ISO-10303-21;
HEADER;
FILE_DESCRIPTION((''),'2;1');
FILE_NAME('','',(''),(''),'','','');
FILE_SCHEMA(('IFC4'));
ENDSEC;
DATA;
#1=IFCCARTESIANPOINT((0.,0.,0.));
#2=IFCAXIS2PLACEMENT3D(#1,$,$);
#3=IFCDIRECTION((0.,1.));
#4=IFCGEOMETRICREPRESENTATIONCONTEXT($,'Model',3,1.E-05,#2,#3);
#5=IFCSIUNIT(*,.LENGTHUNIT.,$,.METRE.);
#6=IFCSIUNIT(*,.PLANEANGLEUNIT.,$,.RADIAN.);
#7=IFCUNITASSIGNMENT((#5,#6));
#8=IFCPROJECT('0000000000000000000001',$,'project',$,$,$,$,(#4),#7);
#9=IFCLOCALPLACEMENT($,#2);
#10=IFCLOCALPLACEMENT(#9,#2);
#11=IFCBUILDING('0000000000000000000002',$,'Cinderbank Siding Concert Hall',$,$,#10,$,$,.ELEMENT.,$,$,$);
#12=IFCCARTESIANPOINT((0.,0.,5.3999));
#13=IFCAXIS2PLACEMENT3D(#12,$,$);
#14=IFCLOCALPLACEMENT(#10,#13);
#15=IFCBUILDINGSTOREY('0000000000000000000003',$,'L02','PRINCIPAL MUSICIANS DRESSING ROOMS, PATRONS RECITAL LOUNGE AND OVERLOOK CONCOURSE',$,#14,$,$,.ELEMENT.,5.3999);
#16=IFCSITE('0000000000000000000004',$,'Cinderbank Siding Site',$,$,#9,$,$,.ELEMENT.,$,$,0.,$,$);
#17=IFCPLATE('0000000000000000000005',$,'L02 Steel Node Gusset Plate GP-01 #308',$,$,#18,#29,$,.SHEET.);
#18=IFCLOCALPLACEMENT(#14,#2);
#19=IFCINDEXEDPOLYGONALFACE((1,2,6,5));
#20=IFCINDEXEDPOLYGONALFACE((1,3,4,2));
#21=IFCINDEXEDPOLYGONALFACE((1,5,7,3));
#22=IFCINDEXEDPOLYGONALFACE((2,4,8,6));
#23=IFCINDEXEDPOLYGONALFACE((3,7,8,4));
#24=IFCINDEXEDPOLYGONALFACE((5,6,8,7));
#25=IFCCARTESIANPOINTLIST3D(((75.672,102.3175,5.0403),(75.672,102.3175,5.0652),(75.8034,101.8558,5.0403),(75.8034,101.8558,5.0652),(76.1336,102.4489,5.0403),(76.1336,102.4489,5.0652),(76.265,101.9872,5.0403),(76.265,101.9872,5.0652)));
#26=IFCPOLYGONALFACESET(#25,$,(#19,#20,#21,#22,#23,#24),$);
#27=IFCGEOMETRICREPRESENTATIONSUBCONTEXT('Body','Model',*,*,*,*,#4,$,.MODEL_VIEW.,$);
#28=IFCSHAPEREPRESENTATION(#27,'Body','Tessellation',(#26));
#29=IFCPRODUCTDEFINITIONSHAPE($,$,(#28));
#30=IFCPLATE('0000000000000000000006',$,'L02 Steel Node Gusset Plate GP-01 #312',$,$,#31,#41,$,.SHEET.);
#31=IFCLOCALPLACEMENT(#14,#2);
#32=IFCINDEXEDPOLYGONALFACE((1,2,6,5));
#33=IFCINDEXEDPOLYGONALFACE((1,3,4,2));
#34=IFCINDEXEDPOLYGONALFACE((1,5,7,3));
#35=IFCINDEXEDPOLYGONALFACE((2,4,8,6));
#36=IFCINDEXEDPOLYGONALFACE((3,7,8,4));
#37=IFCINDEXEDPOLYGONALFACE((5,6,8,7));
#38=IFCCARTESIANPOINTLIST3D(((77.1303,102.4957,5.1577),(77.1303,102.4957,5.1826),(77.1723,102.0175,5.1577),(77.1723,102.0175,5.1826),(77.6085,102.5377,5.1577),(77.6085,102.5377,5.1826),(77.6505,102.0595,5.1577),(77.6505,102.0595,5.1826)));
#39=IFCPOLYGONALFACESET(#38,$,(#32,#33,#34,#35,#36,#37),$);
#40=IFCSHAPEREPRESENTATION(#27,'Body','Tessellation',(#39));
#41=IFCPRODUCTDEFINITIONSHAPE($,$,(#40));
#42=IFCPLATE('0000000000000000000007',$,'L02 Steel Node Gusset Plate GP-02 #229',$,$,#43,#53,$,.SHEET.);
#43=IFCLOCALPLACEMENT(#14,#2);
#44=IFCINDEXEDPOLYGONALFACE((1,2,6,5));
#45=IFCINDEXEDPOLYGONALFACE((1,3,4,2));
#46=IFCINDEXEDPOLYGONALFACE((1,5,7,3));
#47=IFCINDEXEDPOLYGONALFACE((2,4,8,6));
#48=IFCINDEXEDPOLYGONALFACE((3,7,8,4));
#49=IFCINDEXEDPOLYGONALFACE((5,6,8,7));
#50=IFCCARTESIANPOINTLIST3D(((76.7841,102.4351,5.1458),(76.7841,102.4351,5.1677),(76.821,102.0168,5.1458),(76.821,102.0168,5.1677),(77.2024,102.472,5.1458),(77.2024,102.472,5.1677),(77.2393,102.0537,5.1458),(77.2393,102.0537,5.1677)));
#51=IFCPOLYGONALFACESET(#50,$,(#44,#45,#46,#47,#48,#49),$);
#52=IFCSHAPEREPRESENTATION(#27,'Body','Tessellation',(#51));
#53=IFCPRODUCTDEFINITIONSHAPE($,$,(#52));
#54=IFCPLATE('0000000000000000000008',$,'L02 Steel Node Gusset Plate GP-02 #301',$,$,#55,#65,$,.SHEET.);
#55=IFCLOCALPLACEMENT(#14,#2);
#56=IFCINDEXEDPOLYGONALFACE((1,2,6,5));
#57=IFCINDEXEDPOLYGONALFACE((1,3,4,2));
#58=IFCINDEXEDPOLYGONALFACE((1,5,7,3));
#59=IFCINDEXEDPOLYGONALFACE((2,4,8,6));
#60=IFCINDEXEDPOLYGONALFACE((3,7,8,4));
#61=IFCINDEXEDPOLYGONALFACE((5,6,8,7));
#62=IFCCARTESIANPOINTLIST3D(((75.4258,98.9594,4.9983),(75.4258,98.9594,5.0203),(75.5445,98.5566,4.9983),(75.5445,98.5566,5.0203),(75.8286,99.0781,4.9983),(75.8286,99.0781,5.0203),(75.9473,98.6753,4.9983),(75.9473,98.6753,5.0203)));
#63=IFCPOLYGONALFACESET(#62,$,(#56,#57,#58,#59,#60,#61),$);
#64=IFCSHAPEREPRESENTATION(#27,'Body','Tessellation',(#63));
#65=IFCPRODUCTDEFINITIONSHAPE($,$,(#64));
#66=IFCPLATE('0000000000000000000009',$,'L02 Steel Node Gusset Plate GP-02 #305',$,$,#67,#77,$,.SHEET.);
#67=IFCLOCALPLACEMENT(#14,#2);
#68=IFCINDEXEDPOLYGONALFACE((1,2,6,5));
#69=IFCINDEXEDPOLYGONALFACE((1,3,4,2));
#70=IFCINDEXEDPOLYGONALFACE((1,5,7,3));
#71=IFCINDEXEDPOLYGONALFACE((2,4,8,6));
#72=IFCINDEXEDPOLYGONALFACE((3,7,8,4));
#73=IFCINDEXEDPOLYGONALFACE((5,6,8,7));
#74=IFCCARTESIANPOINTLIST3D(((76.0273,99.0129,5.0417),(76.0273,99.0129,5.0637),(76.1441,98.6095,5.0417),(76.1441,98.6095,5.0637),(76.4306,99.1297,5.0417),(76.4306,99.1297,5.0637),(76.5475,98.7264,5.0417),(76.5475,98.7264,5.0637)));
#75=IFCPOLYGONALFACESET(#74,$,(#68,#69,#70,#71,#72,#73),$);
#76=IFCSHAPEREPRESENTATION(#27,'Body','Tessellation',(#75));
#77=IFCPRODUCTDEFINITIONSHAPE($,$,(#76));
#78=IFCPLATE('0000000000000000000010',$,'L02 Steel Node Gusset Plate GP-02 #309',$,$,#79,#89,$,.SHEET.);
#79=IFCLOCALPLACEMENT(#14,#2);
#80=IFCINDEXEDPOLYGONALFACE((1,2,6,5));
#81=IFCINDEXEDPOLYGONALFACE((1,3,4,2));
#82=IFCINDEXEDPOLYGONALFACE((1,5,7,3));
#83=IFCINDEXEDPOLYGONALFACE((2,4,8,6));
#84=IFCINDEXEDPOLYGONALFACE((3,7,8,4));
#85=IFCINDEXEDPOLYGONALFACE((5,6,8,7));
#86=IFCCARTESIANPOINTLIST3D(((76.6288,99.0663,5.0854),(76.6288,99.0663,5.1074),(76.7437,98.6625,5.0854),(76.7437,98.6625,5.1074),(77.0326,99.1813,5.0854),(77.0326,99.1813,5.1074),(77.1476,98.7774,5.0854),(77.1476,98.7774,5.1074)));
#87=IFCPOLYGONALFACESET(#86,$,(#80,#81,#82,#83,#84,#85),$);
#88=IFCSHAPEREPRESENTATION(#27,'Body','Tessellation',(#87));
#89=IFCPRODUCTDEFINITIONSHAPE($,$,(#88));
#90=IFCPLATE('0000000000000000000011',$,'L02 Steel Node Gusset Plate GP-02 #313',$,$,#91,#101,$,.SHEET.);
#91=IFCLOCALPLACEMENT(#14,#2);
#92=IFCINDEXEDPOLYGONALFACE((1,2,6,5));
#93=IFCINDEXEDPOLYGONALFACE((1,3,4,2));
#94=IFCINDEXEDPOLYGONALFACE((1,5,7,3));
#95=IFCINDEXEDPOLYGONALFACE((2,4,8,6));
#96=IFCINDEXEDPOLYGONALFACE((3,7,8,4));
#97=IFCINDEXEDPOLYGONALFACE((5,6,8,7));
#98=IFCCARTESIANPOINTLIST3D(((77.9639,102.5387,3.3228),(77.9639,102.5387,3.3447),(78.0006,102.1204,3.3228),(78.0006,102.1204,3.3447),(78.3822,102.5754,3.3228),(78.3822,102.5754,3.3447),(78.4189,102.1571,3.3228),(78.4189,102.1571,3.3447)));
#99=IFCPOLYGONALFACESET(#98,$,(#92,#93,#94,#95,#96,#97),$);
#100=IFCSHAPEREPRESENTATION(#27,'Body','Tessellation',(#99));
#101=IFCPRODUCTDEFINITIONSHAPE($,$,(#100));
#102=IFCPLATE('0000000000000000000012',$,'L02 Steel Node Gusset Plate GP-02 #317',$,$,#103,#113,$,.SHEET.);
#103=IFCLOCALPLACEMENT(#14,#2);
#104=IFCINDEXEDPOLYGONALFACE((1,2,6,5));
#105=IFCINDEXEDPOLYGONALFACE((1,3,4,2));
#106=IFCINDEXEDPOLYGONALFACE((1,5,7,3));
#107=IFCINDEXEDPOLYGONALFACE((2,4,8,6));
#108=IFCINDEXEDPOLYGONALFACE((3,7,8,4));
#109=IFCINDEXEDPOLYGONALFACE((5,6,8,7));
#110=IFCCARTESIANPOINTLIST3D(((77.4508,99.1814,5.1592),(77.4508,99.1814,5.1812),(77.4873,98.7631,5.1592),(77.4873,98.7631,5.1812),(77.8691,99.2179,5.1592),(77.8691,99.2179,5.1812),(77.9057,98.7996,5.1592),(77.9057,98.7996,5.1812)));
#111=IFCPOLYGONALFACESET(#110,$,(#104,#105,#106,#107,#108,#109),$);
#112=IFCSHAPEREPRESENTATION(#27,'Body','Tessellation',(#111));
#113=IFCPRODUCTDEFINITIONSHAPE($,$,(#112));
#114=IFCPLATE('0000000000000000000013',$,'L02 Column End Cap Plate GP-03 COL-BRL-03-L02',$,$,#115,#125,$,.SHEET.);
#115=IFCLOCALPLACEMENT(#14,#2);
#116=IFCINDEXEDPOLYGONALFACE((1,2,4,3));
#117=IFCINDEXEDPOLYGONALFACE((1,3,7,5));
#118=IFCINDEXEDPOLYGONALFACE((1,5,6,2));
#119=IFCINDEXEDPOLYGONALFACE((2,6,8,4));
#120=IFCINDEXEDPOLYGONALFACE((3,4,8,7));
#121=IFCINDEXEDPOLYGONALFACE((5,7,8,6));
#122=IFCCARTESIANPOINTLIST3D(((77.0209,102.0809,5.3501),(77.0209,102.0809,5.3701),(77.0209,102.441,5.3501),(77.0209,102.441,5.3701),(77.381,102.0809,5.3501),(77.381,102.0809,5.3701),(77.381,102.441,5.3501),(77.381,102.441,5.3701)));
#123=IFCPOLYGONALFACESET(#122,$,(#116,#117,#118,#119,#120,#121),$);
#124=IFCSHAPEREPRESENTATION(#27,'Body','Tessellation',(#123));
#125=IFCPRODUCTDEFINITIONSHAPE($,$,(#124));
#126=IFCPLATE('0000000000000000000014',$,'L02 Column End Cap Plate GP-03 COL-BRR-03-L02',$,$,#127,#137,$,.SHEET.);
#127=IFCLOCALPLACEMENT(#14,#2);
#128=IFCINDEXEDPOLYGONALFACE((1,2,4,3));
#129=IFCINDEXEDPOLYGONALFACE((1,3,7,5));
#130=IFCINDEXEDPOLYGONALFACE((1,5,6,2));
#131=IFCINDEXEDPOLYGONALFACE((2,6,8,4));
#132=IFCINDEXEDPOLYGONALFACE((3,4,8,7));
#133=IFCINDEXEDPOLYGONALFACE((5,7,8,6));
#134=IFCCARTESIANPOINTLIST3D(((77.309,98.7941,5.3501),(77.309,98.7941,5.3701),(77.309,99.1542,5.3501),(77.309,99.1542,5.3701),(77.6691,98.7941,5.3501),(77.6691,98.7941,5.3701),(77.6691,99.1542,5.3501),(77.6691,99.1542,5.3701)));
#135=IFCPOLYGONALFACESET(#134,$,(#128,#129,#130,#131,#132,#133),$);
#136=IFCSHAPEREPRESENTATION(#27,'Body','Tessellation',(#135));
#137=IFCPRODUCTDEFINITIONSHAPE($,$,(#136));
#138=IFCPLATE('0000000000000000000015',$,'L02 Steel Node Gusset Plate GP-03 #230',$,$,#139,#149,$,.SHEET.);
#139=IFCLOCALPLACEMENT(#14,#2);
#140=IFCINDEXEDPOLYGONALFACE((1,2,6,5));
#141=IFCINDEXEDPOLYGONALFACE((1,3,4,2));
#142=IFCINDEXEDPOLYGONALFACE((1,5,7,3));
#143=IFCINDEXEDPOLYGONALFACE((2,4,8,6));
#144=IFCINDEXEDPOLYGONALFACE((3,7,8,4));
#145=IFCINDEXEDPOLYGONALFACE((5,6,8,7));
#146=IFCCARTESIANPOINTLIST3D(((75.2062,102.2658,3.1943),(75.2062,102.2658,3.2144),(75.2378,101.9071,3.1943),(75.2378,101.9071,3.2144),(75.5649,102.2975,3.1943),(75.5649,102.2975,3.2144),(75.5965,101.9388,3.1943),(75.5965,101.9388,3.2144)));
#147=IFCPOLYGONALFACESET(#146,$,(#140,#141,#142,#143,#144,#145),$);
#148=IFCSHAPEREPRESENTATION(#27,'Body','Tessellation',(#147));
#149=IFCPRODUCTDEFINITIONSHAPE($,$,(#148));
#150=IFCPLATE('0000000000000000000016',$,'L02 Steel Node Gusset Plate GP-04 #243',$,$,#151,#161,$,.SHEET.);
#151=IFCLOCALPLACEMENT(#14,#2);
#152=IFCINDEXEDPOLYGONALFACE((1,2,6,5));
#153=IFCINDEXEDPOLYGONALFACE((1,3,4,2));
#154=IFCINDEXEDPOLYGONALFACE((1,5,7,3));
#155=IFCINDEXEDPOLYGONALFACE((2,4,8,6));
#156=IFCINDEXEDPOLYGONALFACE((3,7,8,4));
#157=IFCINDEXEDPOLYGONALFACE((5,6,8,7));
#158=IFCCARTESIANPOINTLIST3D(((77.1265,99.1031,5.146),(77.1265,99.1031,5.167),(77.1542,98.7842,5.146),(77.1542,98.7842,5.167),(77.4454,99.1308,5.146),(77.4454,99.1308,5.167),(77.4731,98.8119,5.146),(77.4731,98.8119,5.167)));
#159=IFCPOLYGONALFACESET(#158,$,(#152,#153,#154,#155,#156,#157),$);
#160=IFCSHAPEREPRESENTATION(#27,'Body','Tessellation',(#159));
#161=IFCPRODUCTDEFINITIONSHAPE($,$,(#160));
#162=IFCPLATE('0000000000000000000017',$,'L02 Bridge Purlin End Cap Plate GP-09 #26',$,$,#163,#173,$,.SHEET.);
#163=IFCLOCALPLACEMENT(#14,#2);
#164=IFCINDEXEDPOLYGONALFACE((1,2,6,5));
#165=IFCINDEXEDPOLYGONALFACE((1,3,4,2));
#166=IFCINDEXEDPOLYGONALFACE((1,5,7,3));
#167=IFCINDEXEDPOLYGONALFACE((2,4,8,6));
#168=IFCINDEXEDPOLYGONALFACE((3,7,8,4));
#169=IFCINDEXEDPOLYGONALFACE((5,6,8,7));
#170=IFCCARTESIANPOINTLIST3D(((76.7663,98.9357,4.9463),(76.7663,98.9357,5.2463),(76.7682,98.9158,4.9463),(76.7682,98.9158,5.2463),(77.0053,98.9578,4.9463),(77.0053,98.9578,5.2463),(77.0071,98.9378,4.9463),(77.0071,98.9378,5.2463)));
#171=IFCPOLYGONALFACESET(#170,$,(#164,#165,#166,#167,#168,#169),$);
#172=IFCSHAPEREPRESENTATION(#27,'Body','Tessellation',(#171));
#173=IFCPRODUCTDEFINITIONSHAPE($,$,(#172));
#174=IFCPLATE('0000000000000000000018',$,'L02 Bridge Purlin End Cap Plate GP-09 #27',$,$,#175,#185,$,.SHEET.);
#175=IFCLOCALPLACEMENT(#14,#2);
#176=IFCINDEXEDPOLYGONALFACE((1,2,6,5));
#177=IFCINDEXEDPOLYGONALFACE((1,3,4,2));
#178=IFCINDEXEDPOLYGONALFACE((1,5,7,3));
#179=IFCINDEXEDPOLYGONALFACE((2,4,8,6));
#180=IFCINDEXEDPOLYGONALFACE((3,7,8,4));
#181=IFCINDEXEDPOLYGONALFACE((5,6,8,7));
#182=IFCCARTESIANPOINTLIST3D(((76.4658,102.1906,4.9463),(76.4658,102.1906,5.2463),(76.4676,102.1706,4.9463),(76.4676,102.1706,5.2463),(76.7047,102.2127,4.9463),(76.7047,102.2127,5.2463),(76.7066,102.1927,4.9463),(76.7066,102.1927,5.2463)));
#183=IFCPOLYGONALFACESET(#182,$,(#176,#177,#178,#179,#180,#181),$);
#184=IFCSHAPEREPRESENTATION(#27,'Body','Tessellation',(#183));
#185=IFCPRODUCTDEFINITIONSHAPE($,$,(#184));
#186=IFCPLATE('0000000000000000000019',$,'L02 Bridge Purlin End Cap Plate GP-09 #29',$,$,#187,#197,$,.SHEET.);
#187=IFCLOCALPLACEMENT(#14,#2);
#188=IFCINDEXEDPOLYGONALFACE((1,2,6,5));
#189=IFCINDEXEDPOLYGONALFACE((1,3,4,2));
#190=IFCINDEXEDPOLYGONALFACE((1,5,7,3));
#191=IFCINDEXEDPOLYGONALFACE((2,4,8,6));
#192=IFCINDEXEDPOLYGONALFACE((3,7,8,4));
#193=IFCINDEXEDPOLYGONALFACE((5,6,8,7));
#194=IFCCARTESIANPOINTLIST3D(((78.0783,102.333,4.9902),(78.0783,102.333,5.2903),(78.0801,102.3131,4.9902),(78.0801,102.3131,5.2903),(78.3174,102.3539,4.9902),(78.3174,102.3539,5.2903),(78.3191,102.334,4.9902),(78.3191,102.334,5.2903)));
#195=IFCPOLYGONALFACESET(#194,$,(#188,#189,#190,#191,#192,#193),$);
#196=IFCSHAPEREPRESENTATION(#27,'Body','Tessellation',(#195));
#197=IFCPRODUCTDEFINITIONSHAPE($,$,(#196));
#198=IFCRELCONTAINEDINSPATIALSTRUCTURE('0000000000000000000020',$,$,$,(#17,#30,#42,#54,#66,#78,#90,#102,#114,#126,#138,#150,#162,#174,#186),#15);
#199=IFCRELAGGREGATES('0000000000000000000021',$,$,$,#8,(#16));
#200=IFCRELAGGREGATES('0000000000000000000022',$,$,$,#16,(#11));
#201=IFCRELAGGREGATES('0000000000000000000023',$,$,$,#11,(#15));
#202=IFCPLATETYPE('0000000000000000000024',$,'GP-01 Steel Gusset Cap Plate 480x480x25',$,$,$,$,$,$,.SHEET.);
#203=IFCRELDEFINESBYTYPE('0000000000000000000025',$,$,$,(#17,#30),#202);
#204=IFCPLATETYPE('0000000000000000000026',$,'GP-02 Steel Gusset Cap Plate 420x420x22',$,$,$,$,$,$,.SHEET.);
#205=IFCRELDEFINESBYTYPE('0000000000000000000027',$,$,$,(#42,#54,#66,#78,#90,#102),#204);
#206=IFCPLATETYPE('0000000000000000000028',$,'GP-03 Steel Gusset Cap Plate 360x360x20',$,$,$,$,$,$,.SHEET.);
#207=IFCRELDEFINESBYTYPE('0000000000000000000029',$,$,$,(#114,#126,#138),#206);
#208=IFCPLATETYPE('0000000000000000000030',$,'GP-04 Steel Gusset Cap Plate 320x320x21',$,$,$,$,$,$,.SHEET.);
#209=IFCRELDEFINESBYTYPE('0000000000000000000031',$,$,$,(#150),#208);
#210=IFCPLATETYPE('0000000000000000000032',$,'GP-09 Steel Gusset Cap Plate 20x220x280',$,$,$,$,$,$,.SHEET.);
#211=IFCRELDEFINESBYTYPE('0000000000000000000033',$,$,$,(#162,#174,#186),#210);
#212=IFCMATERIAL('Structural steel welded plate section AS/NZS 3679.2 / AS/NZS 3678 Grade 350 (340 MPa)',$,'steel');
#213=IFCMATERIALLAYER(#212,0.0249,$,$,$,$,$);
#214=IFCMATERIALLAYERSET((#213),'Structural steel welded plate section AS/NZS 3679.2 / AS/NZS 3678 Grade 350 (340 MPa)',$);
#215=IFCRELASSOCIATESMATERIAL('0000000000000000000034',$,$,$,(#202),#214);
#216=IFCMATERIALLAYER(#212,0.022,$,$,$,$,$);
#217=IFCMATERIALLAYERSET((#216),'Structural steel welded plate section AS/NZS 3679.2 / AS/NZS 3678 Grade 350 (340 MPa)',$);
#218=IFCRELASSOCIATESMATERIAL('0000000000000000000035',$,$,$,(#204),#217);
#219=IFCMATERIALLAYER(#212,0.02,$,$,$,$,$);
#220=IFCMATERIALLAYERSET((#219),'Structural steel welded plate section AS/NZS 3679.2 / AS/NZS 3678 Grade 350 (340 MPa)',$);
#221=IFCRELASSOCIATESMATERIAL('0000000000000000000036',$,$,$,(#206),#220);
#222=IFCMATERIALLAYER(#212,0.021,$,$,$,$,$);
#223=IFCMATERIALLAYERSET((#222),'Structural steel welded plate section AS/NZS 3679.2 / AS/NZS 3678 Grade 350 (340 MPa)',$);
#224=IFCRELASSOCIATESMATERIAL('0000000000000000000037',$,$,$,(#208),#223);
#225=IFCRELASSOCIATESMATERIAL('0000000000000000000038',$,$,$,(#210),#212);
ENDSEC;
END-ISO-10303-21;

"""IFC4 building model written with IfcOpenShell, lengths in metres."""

from ifc_helpers import new_model, si_unit, direction, frame, origin, origin_2d, place, context, subcontext, project, spatial, rectangle, extrude, material, layer, layer_set, type_object, element, save


model = new_model("IFC4")

# Units and contexts
model_context = context("Model", 3, precision=1e-05, world=origin(), true_north=direction((0.0, 1.0)))
body_context = subcontext(model_context, "Body", "Model", "MODEL_VIEW")
ifc_project = project(units=[si_unit("LENGTHUNIT", "METRE"), si_unit("PLANEANGLEUNIT", "RADIAN")], contexts=[model_context])

# Site, building, storey
site_placement = place(None, origin())
site = spatial("IfcSite", under=ifc_project, at=site_placement, Name="Cinderbank Siding Site", CompositionType="ELEMENT", RefElevation=0.0)
building_placement = place(site_placement, origin())
building = spatial("IfcBuilding", under=site, at=building_placement, Name="Cinderbank Siding Concert Hall", CompositionType="ELEMENT")
storey_placement = place(building_placement, frame((0.0, 0.0, 5.3999)))
storey = spatial("IfcBuildingStorey", under=building, at=storey_placement, Name="L02", Description="PRINCIPAL MUSICIANS DRESSING ROOMS, PATRONS RECITAL LOUNGE AND OVERLOOK CONCOURSE", CompositionType="ELEMENT", Elevation=5.3999)

# Plates
ifc_material_1 = material(Name="Structural steel welded plate section AS/NZS 3679.2 / AS/NZS 3678 Grade 350 (340 MPa)", Category="steel")
ifc_layer_1 = layer(ifc_material_1, 0.0249)
ifc_layer_set_1 = layer_set([ifc_layer_1], Name="Structural steel welded plate section AS/NZS 3679.2 / AS/NZS 3678 Grade 350 (340 MPa)")
plate_type_1 = type_object("IfcPlateType", Name="GP-01 Steel Gusset Cap Plate 480x480x25", PredefinedType="SHEET", material=ifc_layer_set_1)
for number, where, z_axis, x_axis, name in (
    (1, (75.9685, 102.1523, 5.0403), (0.0, 0.0, 1.0), (0.273791, -0.961789, 0.0), "L02 Steel Node Gusset Plate GP-01 #308"),
    (2, (77.3904, 102.2776, 5.1577), (0.0, 0.0, 1.0), (0.996164, 0.087503, 0.0), "L02 Steel Node Gusset Plate GP-01 #312"),
):
    element("IfcPlate", number, at=place(storey_placement, frame(where, z_axis=z_axis, x_axis=x_axis)), inside=storey, type_object=plate_type_1, Name=name, PredefinedType="SHEET", context=body_context, shape_type="SweptSolid", body=[
        extrude(rectangle(XDim=0.48, YDim=0.48, at=origin_2d()), origin(), (0.0, 0.0, 1.0), 0.0249),
    ])
ifc_layer_2 = layer(ifc_material_1, 0.022)
ifc_layer_set_2 = layer_set([ifc_layer_2], Name="Structural steel welded plate section AS/NZS 3679.2 / AS/NZS 3678 Grade 350 (340 MPa)")
plate_type_2 = type_object("IfcPlateType", Name="GP-02 Steel Gusset Cap Plate 420x420x22", PredefinedType="SHEET", material=ifc_layer_set_2)
for number, where, z_axis, x_axis, name in (
    (3, (77.0117, 102.2444, 5.1458), (0.0, 0.0, 1.0), (0.996134, 0.087851, 0.0), "L02 Steel Node Gusset Plate GP-02 #229"),
    (4, (75.6865, 98.8174, 4.9983), (0.0, 0.0, 1.0), (0.282676, -0.959215, 0.0), "L02 Steel Node Gusset Plate GP-02 #301"),
    (5, (76.2874, 98.8696, 5.0417), (0.0, 0.0, 1.0), (0.278321, -0.960488, 0.0), "L02 Steel Node Gusset Plate GP-02 #305"),
    (6, (76.8882, 98.9219, 5.0854), (0.0, 0.0, 1.0), (0.273791, -0.961789, 0.0), "L02 Steel Node Gusset Plate GP-02 #309"),
    (7, (78.1914, 102.3479, 3.3228), (0.0, 0.0, 1.0), (0.996164, 0.087503, 0.0), "L02 Steel Node Gusset Plate GP-02 #313"),
    (8, (77.6782, 98.9905, 5.1592), (0.0, 0.0, 1.0), (0.99621, 0.086982, 0.0), "L02 Steel Node Gusset Plate GP-02 #317"),
):
    element("IfcPlate", number, at=place(storey_placement, frame(where, z_axis=z_axis, x_axis=x_axis)), inside=storey, type_object=plate_type_2, Name=name, PredefinedType="SHEET", context=body_context, shape_type="SweptSolid", body=[
        extrude(rectangle(XDim=0.4199, YDim=0.4199, at=origin_2d()), origin(), (0.0, 0.0, 1.0), 0.022),
    ])
ifc_layer_3 = layer(ifc_material_1, 0.02)
ifc_layer_set_3 = layer_set([ifc_layer_3], Name="Structural steel welded plate section AS/NZS 3679.2 / AS/NZS 3678 Grade 350 (340 MPa)")
plate_type_3 = type_object("IfcPlateType", Name="GP-03 Steel Gusset Cap Plate 360x360x20", PredefinedType="SHEET", material=ifc_layer_set_3)
for number, where, z_axis, x_axis, name in (
    (9, (77.2009, 102.261, 5.3501), (0.0, 0.0, 1.0), (1.0, 0.0, 0.0), "L02 Column End Cap Plate GP-03 COL-BRL-03-L02"),
    (10, (77.489, 98.9741, 5.3501), (0.0, 0.0, 1.0), (1.0, 0.0, 0.0), "L02 Column End Cap Plate GP-03 COL-BRR-03-L02"),
    (11, (75.4014, 102.1023, 3.1943), (0.0, 0.0, 1.0), (0.996134, 0.087851, 0.0), "L02 Steel Node Gusset Plate GP-03 #230"),
):
    element("IfcPlate", number, at=place(storey_placement, frame(where, z_axis=z_axis, x_axis=x_axis)), inside=storey, type_object=plate_type_3, Name=name, PredefinedType="SHEET", context=body_context, shape_type="SweptSolid", body=[
        extrude(rectangle(XDim=0.3601, YDim=0.3601, at=origin_2d()), origin(), (0.0, 0.0, 1.0), 0.02),
    ])
ifc_layer_4 = layer(ifc_material_1, 0.021)
ifc_layer_set_4 = layer_set([ifc_layer_4], Name="Structural steel welded plate section AS/NZS 3679.2 / AS/NZS 3678 Grade 350 (340 MPa)")
plate_type_4 = type_object("IfcPlateType", Name="GP-04 Steel Gusset Cap Plate 320x320x21", PredefinedType="SHEET", material=ifc_layer_set_4)
plate_1_placement = place(storey_placement, frame((77.2998, 98.9575, 5.146), z_axis=(0.0, 0.0, 1.0), x_axis=(0.996255, 0.08646, 0.0)))
element("IfcPlate", 12, at=plate_1_placement, inside=storey, type_object=plate_type_4, Name="L02 Steel Node Gusset Plate GP-04 #243", PredefinedType="SHEET", context=body_context, shape_type="SweptSolid", body=[
    extrude(rectangle(XDim=0.3201, YDim=0.3201, at=origin_2d()), origin(), (0.0, 0.0, 1.0), 0.021),
])
plate_type_5 = type_object("IfcPlateType", Name="GP-09 Steel Gusset Cap Plate 20x220x280", PredefinedType="SHEET", material=ifc_material_1)
for number, where, z_axis, x_axis, name in (
    (13, (76.8867, 98.9368, 4.9463), (0.0, 0.0, 1.0), (-0.092023, 0.995757, 0.0), "L02 Bridge Purlin End Cap Plate GP-09 #26"),
    (14, (76.5862, 102.1917, 4.9463), (0.0, 0.0, 1.0), (-0.092023, 0.995757, 0.0), "L02 Bridge Purlin End Cap Plate GP-09 #27"),
    (15, (78.1987, 102.3335, 4.9902), (0.0, 0.0, 1.0), (-0.087156, 0.996195, 0.0), "L02 Bridge Purlin End Cap Plate GP-09 #29"),
):
    element("IfcPlate", number, at=place(storey_placement, frame(where, z_axis=z_axis, x_axis=x_axis)), inside=storey, type_object=plate_type_5, Name=name, PredefinedType="SHEET", context=body_context, shape_type="SweptSolid", body=[
        extrude(rectangle(XDim=0.02, YDim=0.24, at=origin_2d()), origin(), (0.0, 0.0, 1.0), 0.3),
    ])

save(model, "model.ifc")
